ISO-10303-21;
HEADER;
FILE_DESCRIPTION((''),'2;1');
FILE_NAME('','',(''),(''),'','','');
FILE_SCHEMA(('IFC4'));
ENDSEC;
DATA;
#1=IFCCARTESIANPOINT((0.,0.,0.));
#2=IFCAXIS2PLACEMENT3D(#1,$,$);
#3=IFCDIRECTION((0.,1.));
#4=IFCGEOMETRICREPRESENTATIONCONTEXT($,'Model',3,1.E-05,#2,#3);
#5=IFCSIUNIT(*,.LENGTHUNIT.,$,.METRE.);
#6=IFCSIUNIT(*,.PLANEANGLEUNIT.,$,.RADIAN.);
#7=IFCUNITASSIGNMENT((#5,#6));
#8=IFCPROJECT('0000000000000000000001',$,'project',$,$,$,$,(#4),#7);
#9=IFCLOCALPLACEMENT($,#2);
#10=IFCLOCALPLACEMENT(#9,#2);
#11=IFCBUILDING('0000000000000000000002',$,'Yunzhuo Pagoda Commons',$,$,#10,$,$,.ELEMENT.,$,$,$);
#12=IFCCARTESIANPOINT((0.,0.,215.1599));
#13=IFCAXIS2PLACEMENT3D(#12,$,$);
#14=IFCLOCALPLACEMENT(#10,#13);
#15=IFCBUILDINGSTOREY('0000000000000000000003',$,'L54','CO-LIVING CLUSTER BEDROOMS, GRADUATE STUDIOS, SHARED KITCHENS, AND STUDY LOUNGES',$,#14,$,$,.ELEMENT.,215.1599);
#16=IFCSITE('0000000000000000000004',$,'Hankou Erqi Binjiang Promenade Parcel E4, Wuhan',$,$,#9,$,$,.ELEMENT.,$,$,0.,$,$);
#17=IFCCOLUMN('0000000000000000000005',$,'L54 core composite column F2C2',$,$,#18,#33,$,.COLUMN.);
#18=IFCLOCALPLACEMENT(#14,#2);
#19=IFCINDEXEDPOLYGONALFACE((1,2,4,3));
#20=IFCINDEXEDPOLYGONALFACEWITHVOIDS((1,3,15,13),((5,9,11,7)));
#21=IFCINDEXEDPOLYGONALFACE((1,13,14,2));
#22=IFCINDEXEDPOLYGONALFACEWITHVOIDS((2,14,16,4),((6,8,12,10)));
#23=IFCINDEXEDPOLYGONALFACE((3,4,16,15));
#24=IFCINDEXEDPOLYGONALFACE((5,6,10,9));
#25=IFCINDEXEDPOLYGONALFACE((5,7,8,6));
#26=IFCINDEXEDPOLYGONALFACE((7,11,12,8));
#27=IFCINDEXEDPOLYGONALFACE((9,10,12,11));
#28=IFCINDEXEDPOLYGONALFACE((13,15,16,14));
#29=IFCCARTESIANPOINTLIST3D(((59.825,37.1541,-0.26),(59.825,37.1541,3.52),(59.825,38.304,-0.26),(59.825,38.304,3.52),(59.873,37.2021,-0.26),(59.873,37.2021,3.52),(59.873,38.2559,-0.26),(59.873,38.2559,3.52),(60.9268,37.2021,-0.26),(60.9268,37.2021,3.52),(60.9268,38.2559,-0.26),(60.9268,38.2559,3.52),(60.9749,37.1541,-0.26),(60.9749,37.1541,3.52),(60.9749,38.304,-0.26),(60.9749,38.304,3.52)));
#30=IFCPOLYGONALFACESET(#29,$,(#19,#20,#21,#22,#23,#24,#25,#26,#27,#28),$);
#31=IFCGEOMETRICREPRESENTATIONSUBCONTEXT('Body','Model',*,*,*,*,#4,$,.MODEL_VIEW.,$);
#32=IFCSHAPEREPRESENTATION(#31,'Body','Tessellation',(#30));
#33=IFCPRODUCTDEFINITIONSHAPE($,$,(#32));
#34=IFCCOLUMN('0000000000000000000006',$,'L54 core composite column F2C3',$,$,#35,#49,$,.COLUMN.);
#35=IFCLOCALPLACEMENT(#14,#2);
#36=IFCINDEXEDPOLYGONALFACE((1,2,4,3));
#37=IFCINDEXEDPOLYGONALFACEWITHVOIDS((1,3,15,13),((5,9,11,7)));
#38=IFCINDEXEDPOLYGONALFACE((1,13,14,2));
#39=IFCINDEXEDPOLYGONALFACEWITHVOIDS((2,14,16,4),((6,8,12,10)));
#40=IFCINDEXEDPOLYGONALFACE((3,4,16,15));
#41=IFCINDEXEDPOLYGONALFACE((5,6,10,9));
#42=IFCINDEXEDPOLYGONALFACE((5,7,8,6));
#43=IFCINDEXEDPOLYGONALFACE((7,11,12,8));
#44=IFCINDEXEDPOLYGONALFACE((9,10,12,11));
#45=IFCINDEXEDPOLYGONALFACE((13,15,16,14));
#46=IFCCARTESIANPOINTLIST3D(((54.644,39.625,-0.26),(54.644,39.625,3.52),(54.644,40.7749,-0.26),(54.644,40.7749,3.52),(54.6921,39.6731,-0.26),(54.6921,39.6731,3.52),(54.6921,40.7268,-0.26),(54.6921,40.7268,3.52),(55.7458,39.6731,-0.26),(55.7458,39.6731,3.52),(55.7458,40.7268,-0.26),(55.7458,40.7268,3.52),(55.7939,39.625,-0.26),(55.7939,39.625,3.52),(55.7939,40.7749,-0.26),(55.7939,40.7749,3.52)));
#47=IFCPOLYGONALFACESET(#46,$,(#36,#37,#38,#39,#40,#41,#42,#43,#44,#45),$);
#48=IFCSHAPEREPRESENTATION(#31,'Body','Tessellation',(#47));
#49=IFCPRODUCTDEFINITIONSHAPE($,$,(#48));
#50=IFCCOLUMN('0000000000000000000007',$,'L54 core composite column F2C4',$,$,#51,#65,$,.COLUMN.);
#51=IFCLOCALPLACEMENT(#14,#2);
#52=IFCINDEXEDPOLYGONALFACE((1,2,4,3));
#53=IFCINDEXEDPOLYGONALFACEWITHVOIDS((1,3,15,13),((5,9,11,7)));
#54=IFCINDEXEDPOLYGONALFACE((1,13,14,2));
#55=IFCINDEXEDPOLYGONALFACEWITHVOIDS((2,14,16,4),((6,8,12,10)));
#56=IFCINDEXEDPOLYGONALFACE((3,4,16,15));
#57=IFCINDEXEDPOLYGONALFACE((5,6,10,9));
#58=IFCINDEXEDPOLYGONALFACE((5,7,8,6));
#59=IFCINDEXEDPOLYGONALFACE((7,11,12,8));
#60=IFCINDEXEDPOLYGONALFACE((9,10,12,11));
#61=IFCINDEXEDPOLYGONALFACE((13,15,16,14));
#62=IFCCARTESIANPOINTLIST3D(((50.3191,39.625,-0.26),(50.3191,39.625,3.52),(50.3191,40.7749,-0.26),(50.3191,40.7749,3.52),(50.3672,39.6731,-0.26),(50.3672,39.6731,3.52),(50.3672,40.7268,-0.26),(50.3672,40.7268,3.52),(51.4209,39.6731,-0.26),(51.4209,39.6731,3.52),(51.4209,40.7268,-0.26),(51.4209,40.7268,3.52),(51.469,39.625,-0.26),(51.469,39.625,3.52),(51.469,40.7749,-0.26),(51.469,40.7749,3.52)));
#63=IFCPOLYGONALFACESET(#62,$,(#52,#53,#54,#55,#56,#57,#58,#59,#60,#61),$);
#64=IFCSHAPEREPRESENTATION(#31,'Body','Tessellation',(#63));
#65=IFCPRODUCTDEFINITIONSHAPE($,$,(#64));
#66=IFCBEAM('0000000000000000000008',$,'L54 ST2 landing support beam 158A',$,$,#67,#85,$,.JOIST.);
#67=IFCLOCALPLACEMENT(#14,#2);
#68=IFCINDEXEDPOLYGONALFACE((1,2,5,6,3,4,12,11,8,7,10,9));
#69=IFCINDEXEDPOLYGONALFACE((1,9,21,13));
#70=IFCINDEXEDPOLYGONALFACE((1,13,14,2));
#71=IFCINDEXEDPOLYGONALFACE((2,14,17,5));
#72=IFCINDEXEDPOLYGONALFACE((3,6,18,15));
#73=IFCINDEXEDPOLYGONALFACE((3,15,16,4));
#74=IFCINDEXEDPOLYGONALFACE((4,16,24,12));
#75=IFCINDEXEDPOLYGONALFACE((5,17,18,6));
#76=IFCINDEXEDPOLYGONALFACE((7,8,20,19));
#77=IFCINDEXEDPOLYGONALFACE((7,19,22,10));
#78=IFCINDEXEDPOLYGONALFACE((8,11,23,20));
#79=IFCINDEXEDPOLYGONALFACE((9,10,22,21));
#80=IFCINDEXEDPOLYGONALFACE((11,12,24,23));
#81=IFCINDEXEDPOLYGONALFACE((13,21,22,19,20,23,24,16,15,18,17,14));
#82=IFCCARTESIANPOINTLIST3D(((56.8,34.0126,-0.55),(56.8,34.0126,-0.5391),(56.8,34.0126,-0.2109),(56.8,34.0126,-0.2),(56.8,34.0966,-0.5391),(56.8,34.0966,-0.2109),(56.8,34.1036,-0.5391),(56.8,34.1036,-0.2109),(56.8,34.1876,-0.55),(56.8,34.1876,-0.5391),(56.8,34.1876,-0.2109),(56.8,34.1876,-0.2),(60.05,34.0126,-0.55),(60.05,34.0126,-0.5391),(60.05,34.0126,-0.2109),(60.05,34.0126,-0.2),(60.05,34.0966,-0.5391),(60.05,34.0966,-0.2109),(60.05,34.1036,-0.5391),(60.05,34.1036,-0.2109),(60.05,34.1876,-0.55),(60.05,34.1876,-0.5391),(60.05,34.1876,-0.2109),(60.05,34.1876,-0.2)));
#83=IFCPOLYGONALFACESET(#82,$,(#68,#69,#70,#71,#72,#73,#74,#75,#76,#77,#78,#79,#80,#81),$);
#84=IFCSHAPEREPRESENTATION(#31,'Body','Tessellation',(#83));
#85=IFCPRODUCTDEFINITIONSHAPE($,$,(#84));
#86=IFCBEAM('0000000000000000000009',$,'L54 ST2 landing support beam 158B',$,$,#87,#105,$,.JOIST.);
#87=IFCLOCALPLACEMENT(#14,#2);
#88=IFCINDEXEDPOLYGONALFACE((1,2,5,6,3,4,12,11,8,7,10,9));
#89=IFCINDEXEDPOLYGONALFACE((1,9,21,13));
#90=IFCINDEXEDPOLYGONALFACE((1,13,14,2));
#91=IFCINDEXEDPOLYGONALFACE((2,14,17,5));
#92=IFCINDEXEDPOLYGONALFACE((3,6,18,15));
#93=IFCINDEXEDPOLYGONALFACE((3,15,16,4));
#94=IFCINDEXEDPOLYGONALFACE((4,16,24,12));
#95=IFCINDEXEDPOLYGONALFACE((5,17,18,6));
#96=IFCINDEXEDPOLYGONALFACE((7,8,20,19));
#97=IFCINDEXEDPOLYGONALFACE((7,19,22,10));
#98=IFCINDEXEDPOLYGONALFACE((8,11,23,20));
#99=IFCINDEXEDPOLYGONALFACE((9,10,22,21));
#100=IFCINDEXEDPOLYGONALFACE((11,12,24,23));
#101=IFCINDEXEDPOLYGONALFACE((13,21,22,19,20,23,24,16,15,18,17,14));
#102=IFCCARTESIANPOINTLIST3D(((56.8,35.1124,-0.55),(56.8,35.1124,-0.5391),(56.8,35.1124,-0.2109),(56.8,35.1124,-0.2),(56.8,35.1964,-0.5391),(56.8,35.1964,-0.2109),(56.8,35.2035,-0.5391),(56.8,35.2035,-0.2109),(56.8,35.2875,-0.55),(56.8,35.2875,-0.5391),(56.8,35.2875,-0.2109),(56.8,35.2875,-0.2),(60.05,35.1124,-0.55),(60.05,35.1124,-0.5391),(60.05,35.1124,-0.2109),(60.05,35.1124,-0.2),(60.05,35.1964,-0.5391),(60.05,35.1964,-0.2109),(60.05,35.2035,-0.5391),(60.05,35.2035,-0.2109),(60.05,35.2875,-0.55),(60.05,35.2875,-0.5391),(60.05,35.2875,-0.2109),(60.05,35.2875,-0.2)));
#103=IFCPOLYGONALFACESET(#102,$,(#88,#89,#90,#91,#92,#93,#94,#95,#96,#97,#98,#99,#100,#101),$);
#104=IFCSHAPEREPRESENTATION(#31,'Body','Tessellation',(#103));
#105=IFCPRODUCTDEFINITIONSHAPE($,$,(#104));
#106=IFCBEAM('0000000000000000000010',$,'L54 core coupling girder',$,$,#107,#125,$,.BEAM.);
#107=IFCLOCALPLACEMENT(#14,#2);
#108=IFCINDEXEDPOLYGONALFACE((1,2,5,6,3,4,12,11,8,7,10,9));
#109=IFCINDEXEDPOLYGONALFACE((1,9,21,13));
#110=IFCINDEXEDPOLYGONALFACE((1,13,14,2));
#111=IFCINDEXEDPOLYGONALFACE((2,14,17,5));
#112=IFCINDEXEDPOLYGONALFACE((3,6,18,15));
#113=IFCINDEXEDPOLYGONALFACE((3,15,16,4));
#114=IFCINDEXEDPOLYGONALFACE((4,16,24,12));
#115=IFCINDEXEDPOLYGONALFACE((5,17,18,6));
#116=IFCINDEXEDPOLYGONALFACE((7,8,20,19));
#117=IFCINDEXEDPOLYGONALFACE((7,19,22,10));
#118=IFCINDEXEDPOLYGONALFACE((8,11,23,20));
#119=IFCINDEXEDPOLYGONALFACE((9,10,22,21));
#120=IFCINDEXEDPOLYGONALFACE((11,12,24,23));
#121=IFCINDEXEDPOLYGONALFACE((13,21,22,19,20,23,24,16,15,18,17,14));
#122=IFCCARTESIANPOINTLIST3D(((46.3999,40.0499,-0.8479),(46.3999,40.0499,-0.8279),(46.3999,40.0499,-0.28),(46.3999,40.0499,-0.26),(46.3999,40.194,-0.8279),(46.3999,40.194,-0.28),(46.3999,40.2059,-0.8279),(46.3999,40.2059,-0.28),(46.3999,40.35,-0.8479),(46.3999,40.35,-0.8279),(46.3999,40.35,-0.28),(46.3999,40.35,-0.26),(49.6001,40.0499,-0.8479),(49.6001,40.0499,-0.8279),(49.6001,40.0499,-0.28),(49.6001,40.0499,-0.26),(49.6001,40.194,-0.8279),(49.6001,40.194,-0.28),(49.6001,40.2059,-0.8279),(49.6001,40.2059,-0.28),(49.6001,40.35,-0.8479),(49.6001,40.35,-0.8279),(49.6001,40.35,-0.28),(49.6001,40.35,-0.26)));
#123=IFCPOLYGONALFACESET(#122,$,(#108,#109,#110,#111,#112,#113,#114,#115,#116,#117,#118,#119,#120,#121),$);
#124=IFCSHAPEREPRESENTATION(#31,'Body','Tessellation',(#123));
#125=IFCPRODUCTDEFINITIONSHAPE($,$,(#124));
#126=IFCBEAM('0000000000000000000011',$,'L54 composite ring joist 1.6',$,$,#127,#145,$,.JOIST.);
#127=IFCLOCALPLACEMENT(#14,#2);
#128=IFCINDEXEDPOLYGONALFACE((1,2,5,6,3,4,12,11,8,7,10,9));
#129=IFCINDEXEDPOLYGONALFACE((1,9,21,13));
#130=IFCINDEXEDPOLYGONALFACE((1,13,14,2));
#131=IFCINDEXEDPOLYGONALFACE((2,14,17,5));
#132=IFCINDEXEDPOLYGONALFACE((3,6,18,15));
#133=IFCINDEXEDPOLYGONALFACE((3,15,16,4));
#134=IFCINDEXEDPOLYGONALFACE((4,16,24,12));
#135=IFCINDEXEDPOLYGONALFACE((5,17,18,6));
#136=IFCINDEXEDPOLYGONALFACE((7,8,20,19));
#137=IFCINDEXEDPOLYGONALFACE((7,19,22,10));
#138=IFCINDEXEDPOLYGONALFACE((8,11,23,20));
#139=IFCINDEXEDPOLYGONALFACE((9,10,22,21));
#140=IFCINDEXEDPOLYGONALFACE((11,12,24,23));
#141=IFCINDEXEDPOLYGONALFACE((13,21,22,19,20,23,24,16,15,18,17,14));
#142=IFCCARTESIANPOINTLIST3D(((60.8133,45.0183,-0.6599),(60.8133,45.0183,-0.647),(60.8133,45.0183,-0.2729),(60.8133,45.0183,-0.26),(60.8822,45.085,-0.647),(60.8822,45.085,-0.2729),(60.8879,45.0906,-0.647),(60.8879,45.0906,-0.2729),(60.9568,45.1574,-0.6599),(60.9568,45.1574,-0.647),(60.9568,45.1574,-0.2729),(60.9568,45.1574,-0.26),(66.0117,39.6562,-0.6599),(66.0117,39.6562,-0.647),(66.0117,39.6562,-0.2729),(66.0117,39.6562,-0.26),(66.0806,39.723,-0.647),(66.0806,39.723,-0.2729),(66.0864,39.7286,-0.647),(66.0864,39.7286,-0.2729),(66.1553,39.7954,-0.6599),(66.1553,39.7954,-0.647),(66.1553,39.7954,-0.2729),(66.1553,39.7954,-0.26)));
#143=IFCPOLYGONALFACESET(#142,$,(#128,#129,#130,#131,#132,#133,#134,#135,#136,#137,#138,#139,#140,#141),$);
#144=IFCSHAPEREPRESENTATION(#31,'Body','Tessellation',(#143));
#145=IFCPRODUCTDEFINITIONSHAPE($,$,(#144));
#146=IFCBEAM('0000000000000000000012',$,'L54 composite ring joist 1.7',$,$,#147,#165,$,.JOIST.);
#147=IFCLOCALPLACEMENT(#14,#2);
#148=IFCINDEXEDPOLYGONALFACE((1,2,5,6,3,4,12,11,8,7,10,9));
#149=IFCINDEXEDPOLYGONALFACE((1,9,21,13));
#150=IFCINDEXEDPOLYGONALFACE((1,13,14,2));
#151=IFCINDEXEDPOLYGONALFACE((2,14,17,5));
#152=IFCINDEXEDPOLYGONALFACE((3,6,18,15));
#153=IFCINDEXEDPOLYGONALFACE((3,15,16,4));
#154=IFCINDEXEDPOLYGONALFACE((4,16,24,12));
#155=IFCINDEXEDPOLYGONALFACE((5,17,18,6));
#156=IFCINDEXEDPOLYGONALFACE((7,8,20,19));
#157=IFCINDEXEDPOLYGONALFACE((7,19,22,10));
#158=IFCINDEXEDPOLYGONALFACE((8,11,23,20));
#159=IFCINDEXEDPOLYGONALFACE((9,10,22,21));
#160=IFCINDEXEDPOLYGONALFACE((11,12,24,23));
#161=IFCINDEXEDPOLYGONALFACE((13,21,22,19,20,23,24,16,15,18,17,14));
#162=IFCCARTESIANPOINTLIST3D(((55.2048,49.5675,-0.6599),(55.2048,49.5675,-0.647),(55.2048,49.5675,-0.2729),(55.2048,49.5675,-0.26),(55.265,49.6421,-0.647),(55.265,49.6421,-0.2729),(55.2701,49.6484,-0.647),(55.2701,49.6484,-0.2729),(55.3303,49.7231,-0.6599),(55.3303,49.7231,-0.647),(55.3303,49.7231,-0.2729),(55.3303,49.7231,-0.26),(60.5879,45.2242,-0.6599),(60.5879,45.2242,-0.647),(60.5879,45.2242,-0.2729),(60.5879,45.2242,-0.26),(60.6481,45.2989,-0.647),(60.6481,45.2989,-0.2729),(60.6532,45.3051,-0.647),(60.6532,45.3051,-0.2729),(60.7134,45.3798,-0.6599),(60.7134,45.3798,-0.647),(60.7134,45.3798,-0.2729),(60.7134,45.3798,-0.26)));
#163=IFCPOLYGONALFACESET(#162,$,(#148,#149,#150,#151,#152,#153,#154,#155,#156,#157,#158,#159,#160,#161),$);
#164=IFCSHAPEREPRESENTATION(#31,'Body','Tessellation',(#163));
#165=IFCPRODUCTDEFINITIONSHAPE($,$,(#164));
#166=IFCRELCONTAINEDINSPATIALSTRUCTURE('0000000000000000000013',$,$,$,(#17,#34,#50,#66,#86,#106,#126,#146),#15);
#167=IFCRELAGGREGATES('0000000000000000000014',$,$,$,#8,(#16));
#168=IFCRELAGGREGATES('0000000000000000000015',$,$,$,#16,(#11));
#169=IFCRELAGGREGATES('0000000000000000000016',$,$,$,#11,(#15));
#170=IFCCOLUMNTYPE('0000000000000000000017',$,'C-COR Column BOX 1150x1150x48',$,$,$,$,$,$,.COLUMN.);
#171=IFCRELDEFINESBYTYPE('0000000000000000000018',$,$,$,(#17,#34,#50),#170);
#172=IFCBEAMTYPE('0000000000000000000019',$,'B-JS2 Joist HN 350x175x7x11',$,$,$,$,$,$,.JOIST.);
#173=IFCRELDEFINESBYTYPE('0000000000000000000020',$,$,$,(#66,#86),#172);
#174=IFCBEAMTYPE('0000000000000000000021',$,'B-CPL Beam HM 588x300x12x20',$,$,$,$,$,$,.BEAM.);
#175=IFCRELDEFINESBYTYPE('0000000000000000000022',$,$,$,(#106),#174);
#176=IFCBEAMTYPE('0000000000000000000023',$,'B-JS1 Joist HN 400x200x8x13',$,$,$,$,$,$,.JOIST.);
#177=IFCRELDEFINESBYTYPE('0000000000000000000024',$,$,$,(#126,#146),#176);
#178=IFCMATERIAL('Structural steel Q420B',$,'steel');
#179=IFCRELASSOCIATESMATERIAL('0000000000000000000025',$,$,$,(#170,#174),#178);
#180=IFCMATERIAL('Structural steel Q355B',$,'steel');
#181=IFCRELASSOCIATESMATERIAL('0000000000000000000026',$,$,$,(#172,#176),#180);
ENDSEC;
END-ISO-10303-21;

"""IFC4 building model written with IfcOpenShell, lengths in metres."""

from ifc_helpers import new_model, si_unit, direction, frame, origin, origin_2d, place, context, subcontext, project, spatial, hollow_rectangle, i_section, extrude, source, transform, mapped, material, material_profile, profile_set, type_object, element, save


model = new_model("IFC4")

# Units and contexts
model_context = context("Model", 3, precision=1e-05, world=origin(), true_north=direction((0.0, 1.0)))
body_context = subcontext(model_context, "Body", "Model", "MODEL_VIEW")
ifc_project = project(units=[si_unit("LENGTHUNIT", "METRE"), si_unit("PLANEANGLEUNIT", "RADIAN")], contexts=[model_context])

# Site, building, storey
site_placement = place(None, origin())
site = spatial("IfcSite", under=ifc_project, at=site_placement, Name="Hankou Erqi Binjiang Promenade Parcel E4, Wuhan", CompositionType="ELEMENT", RefElevation=0.0)
building_placement = place(site_placement, origin())
building = spatial("IfcBuilding", under=site, at=building_placement, Name="Yunzhuo Pagoda Commons", CompositionType="ELEMENT")
storey_placement = place(building_placement, frame((0.0, 0.0, 215.1599)))
storey = spatial("IfcBuildingStorey", under=building, at=storey_placement, Name="L54", Description="CO-LIVING CLUSTER BEDROOMS, GRADUATE STUDIOS, SHARED KITCHENS, AND STUDY LOUNGES", CompositionType="ELEMENT", Elevation=215.1599)

# Columns
ifc_material_1 = material(Name="Structural steel Q420B", Category="steel")
ifc_material_profile_1 = material_profile(ifc_material_1, hollow_rectangle(XDim=1.1499, YDim=1.1499, WallThickness=0.0481, at=origin_2d()), Name="Structural steel Q420B")
ifc_profile_set_1 = profile_set([ifc_material_profile_1], Name="Structural steel Q420B")
column_type = type_object("IfcColumnType", Name="C-COR Column BOX 1150x1150x48", PredefinedType="COLUMN", material=ifc_profile_set_1)
shared_shape_1 = source(origin(), body_context, "Body", "SweptSolid", [
    extrude(hollow_rectangle(XDim=1.1499, YDim=1.1499, WallThickness=0.0481, at=origin_2d()), origin(), (0.0, 0.0, 1.0), 3.78),
])
for number, where, z_axis, x_axis, name in (
    (1, (60.3999, 37.729, -0.26), (0.0, 0.0, 1.0), (1.0, 0.0, 0.0), "L54 core composite column F2C2"),
    (2, (55.219, 40.2, -0.26), (0.0, 0.0, 1.0), (1.0, 0.0, 0.0), "L54 core composite column F2C3"),
    (3, (50.894, 40.2, -0.26), (0.0, 0.0, 1.0), (1.0, 0.0, 0.0), "L54 core composite column F2C4"),
):
    element("IfcColumn", number, at=place(storey_placement, frame(where, z_axis=z_axis, x_axis=x_axis)), inside=storey, type_object=column_type, Name=name, PredefinedType="COLUMN", context=body_context, shape_type="MappedRepresentation", body=[
        mapped(shared_shape_1, transform((0.0, 0.0, 0.0), scale=1.0)),
    ])

# Beams
ifc_material_2 = material(Name="Structural steel Q355B", Category="steel")
ifc_material_profile_2 = material_profile(ifc_material_2, i_section(OverallWidth=0.175, OverallDepth=0.3501, WebThickness=0.0071, FlangeThickness=0.011, at=origin_2d()), Name="Structural steel Q355B")
ifc_profile_set_2 = profile_set([ifc_material_profile_2], Name="Structural steel Q355B")
beam_type_1 = type_object("IfcBeamType", Name="B-JS2 Joist HN 350x175x7x11", PredefinedType="JOIST", material=ifc_profile_set_2)
shared_shape_2 = source(origin(), body_context, "Body", "SweptSolid", [
    extrude(i_section(OverallWidth=0.175, OverallDepth=0.3501, WebThickness=0.0071, FlangeThickness=0.011, at=origin_2d()), origin(), (0.0, 0.0, 1.0), 3.25),
])
for number, where, z_axis, x_axis, name in (
    (4, (56.8, 34.1001, -0.375), (1.0, 0.0, 0.0), (0.0, 1.0, 0.0), "L54 ST2 landing support beam 158A"),
    (5, (56.8, 35.2, -0.375), (1.0, 0.0, 0.0), (0.0, 1.0, 0.0), "L54 ST2 landing support beam 158B"),
):
    element("IfcBeam", number, at=place(storey_placement, frame(where, z_axis=z_axis, x_axis=x_axis)), inside=storey, type_object=beam_type_1, Name=name, PredefinedType="JOIST", context=body_context, shape_type="MappedRepresentation", body=[
        mapped(shared_shape_2, transform((0.0, 0.0, 0.0), scale=1.0)),
    ])
ifc_material_profile_3 = material_profile(ifc_material_1, i_section(OverallWidth=0.3, OverallDepth=0.5879, WebThickness=0.012, FlangeThickness=0.02, at=origin_2d()), Name="Structural steel Q420B")
ifc_profile_set_3 = profile_set([ifc_material_profile_3], Name="Structural steel Q420B")
beam_type_2 = type_object("IfcBeamType", Name="B-CPL Beam HM 588x300x12x20", PredefinedType="BEAM", material=ifc_profile_set_3)
shared_shape_3 = source(origin(), body_context, "Body", "SweptSolid", [
    extrude(i_section(OverallWidth=0.3, OverallDepth=0.5879, WebThickness=0.012, FlangeThickness=0.02, at=origin_2d()), origin(), (0.0, 0.0, 1.0), 3.2002),
])
beam_1_placement = place(storey_placement, frame((46.3999, 40.2, -0.554), z_axis=(1.0, 0.0, 0.0), x_axis=(0.0, 1.0, 0.0)))
element("IfcBeam", 6, at=beam_1_placement, inside=storey, type_object=beam_type_2, Name="L54 core coupling girder", PredefinedType="BEAM", context=body_context, shape_type="MappedRepresentation", body=[
    mapped(shared_shape_3, transform((0.0, 0.0, 0.0), scale=1.0)),
])
ifc_material_profile_4 = material_profile(ifc_material_2, i_section(OverallWidth=0.2, OverallDepth=0.3999, WebThickness=0.0081, FlangeThickness=0.0129, at=origin_2d()), Name="Structural steel Q355B")
ifc_profile_set_4 = profile_set([ifc_material_profile_4], Name="Structural steel Q355B")
beam_type_3 = type_object("IfcBeamType", Name="B-JS1 Joist HN 400x200x8x13", PredefinedType="JOIST", material=ifc_profile_set_4)
shared_shape_4 = source(origin(), body_context, "Body", "SweptSolid", [
    extrude(i_section(OverallWidth=0.2, OverallDepth=0.3999, WebThickness=0.0081, FlangeThickness=0.0129, at=origin_2d()), origin(), (0.0, 0.0, 1.0), 7.4683),
])
beam_2_placement = place(storey_placement, frame((66.0835, 39.7258, -0.46), z_axis=(-0.696071, 0.717973, 0.0), x_axis=(-0.717973, -0.696071, 0.0)))
element("IfcBeam", 7, at=beam_2_placement, inside=storey, type_object=beam_type_3, Name="L54 composite ring joist 1.6", PredefinedType="JOIST", context=body_context, shape_type="MappedRepresentation", body=[
    mapped(shared_shape_4, transform((0.0, 0.0, 0.0), scale=1.0)),
])
shared_shape_5 = source(origin(), body_context, "Body", "SweptSolid", [
    extrude(i_section(OverallWidth=0.2, OverallDepth=0.3999, WebThickness=0.0081, FlangeThickness=0.0129, at=origin_2d()), origin(), (0.0, 0.0, 1.0), 6.9167),
])
beam_3_placement = place(storey_placement, frame((60.6506, 45.302, -0.46), z_axis=(-0.778266, 0.627935, 0.0), x_axis=(-0.627935, -0.778266, 0.0)))
element("IfcBeam", 8, at=beam_3_placement, inside=storey, type_object=beam_type_3, Name="L54 composite ring joist 1.7", PredefinedType="JOIST", context=body_context, shape_type="MappedRepresentation", body=[
    mapped(shared_shape_5, transform((0.0, 0.0, 0.0), scale=1.0)),
])

save(model, "model.ifc")
